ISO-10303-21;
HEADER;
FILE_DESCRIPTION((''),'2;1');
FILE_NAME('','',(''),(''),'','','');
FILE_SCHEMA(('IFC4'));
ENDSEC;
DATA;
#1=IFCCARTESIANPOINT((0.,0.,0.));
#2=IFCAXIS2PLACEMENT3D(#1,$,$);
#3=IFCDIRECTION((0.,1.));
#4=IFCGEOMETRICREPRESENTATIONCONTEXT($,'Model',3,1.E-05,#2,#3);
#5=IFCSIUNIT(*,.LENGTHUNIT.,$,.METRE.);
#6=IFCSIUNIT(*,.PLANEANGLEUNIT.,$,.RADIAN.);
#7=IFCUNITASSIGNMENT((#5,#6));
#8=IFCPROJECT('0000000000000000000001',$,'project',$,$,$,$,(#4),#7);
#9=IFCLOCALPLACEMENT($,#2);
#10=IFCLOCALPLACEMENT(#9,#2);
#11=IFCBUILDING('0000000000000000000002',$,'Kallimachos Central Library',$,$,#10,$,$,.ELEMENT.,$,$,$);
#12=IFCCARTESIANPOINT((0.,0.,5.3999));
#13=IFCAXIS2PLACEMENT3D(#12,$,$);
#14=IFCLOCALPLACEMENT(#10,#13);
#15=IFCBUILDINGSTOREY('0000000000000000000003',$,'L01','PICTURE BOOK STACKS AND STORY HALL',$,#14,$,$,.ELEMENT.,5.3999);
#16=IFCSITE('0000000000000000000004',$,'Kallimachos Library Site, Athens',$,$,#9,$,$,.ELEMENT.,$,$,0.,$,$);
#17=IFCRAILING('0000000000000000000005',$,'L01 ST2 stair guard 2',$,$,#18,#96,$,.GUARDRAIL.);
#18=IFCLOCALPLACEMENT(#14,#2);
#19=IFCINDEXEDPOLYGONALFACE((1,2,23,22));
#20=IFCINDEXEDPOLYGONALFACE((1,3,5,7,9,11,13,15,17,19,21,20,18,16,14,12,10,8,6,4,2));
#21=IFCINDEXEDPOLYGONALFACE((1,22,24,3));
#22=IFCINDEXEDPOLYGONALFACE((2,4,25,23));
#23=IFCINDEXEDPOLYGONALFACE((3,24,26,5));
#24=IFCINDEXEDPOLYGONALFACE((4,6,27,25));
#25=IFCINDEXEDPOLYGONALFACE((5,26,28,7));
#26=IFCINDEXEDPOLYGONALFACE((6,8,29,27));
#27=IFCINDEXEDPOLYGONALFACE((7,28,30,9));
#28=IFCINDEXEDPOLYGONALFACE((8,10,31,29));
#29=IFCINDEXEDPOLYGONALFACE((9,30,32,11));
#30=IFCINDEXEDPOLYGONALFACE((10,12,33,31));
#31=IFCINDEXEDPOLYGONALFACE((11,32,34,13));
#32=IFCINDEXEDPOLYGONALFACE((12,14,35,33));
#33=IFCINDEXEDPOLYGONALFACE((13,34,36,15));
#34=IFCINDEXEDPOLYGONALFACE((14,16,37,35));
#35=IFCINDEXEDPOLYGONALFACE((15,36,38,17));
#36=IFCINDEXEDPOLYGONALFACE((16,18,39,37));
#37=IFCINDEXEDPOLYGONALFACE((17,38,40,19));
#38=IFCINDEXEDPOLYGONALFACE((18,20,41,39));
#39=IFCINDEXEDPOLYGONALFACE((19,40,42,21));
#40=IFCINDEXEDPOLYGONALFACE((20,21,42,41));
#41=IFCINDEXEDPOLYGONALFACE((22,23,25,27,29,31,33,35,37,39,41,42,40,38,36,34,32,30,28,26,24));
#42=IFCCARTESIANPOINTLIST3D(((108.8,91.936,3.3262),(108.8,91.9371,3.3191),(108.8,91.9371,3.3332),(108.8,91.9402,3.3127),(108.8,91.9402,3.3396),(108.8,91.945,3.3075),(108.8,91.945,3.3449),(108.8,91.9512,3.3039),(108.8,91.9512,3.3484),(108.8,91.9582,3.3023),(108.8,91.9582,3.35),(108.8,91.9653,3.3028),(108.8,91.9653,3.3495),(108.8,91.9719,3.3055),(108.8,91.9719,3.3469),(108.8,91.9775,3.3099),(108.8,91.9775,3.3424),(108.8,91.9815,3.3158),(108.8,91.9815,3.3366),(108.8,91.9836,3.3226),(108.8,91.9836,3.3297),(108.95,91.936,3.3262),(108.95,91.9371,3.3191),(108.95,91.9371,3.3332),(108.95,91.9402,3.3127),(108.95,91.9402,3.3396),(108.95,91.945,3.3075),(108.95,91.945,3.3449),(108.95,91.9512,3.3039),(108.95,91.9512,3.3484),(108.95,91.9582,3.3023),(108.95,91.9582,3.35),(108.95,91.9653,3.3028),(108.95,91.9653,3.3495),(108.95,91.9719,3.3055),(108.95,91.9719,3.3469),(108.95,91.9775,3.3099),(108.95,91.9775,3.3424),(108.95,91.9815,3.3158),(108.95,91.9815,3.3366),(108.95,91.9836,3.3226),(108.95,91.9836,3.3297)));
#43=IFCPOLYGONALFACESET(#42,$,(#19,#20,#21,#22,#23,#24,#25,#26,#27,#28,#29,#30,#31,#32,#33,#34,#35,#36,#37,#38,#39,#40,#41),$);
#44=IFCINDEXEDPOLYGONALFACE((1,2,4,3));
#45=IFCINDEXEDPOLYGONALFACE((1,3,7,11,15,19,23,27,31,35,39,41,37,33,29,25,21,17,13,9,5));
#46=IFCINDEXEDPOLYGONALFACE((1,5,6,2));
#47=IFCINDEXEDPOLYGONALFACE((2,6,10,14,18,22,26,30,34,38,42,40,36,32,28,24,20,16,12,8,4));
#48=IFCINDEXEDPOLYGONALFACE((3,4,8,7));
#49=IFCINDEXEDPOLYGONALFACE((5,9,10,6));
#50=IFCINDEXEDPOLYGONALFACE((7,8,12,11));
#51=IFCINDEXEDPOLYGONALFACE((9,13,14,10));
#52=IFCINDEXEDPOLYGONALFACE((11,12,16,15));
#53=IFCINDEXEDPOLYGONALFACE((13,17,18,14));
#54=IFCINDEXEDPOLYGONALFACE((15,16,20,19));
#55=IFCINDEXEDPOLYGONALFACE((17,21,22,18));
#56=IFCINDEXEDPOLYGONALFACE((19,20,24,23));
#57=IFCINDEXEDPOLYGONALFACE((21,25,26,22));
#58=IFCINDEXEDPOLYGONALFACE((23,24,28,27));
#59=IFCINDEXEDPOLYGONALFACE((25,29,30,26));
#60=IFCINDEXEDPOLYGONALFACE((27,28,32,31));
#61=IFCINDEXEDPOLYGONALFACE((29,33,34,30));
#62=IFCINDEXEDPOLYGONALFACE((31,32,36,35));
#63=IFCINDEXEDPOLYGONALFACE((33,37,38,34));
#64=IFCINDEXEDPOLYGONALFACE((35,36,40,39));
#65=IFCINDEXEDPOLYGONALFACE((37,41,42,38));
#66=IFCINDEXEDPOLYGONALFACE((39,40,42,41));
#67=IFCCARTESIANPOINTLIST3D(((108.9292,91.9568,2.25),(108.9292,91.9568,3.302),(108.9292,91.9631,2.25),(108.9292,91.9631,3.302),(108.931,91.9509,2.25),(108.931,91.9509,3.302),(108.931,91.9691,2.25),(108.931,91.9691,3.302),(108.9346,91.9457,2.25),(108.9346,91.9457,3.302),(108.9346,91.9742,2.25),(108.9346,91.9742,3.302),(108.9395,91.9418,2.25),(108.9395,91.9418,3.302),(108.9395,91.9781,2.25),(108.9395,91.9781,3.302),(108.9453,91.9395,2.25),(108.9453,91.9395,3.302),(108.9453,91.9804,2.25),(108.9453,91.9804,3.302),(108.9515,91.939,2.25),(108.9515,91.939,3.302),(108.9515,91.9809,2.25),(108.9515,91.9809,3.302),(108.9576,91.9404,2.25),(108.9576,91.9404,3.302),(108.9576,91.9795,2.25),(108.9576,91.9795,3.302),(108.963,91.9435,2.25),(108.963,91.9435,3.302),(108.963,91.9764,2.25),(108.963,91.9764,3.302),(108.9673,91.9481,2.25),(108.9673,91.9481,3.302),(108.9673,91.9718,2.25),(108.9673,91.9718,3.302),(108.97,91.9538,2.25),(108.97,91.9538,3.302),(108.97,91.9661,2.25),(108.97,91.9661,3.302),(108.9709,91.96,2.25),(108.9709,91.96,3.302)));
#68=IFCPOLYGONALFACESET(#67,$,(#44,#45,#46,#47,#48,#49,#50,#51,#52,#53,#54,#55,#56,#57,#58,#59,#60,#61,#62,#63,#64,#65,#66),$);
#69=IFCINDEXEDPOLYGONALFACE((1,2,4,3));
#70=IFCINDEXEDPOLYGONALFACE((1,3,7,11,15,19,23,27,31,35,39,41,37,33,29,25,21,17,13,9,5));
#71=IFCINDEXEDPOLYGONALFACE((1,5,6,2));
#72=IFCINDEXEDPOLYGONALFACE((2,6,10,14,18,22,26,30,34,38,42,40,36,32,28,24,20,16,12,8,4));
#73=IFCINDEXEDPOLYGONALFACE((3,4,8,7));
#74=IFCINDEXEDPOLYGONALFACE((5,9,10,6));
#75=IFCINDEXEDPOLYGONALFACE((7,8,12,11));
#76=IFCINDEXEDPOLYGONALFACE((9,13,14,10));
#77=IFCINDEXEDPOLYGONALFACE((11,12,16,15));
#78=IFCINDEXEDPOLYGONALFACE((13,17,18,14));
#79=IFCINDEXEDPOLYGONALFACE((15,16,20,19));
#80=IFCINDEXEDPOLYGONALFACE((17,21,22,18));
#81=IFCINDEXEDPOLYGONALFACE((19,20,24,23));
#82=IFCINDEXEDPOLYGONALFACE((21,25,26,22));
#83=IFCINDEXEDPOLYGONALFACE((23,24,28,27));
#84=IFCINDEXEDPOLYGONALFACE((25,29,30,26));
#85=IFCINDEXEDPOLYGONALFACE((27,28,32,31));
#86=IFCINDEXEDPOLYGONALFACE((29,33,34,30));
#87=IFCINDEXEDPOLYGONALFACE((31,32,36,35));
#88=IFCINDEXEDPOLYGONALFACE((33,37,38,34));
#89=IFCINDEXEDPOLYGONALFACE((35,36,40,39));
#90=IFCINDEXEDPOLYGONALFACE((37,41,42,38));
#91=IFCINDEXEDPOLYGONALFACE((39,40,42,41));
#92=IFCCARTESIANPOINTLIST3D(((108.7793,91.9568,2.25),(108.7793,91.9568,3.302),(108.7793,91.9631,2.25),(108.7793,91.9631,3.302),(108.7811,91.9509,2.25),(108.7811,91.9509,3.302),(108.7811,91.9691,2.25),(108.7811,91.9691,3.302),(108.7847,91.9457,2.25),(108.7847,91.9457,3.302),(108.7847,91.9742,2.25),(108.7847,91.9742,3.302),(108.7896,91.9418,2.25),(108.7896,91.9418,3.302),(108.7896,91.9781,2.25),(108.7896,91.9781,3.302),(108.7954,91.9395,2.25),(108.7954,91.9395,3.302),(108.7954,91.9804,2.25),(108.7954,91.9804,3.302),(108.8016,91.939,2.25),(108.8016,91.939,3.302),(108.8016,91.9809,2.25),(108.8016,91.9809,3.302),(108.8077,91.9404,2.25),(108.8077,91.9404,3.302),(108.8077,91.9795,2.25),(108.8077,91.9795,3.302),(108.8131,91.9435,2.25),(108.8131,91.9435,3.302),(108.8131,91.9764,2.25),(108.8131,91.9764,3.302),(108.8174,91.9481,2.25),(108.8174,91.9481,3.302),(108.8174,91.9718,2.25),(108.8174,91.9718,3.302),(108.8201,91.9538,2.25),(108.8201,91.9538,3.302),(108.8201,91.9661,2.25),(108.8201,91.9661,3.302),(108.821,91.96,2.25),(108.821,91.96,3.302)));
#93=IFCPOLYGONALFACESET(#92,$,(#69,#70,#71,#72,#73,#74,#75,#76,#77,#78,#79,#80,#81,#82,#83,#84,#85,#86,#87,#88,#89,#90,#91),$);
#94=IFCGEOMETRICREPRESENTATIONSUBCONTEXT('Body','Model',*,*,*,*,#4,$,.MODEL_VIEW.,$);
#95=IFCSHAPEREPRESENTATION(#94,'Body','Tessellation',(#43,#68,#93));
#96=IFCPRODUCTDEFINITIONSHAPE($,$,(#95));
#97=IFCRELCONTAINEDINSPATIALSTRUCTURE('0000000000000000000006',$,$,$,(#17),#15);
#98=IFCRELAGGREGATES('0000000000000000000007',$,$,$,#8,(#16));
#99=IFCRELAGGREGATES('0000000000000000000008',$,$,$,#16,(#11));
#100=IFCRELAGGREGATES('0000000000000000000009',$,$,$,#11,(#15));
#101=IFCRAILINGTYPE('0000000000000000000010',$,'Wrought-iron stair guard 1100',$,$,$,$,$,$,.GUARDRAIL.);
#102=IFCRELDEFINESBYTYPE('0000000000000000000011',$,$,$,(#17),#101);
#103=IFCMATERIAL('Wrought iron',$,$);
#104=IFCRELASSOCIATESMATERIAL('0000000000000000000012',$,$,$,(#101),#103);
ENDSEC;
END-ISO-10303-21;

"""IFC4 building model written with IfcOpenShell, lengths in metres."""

from ifc_helpers import new_model, si_unit, direction, frame, origin, origin_2d, place, context, subcontext, project, spatial, circle, extrude, material, type_object, element, save


model = new_model("IFC4")

# Units and contexts
model_context = context("Model", 3, precision=1e-05, world=origin(), true_north=direction((0.0, 1.0)))
body_context = subcontext(model_context, "Body", "Model", "MODEL_VIEW")
ifc_project = project(units=[si_unit("LENGTHUNIT", "METRE"), si_unit("PLANEANGLEUNIT", "RADIAN")], contexts=[model_context])

# Site, building, storey
site_placement = place(None, origin())
site = spatial("IfcSite", under=ifc_project, at=site_placement, Name="Kallimachos Library Site, Athens", CompositionType="ELEMENT", RefElevation=0.0)
building_placement = place(site_placement, origin())
building = spatial("IfcBuilding", under=site, at=building_placement, Name="Kallimachos Central Library", CompositionType="ELEMENT")
storey_placement = place(building_placement, frame((0.0, 0.0, 5.3999)))
storey = spatial("IfcBuildingStorey", under=building, at=storey_placement, Name="L01", Description="PICTURE BOOK STACKS AND STORY HALL", CompositionType="ELEMENT", Elevation=5.3999)

# Railing
ifc_material_1 = material(Name="Wrought iron")
railing_type_1 = type_object("IfcRailingType", Name="Wrought-iron stair guard 1100", PredefinedType="GUARDRAIL", material=ifc_material_1)
railing_1_placement = place(storey_placement, frame((108.95, 91.96, 2.25)))
element("IfcRailing", 1, at=railing_1_placement, inside=storey, type_object=railing_type_1, Name="L01 ST2 stair guard 2", PredefinedType="GUARDRAIL", context=body_context, shape_type="SweptSolid", body=[
    extrude(circle(Radius=0.0239, at=origin_2d()), frame((0.0, 0.0, 1.0762), z_axis=(-1.0, 0.0, 0.0), x_axis=(0.0, -1.0, 0.0)), (0.0, 0.0, 1.0), 0.1499),
    extrude(circle(Radius=0.021, at=origin_2d()), origin(), (0.0, 0.0, 1.0), 1.052),
    extrude(circle(Radius=0.021, at=origin_2d()), frame((-0.1499, 0.0, 0.0)), (0.0, 0.0, 1.0), 1.052),
])

save(model, "model.ifc")
